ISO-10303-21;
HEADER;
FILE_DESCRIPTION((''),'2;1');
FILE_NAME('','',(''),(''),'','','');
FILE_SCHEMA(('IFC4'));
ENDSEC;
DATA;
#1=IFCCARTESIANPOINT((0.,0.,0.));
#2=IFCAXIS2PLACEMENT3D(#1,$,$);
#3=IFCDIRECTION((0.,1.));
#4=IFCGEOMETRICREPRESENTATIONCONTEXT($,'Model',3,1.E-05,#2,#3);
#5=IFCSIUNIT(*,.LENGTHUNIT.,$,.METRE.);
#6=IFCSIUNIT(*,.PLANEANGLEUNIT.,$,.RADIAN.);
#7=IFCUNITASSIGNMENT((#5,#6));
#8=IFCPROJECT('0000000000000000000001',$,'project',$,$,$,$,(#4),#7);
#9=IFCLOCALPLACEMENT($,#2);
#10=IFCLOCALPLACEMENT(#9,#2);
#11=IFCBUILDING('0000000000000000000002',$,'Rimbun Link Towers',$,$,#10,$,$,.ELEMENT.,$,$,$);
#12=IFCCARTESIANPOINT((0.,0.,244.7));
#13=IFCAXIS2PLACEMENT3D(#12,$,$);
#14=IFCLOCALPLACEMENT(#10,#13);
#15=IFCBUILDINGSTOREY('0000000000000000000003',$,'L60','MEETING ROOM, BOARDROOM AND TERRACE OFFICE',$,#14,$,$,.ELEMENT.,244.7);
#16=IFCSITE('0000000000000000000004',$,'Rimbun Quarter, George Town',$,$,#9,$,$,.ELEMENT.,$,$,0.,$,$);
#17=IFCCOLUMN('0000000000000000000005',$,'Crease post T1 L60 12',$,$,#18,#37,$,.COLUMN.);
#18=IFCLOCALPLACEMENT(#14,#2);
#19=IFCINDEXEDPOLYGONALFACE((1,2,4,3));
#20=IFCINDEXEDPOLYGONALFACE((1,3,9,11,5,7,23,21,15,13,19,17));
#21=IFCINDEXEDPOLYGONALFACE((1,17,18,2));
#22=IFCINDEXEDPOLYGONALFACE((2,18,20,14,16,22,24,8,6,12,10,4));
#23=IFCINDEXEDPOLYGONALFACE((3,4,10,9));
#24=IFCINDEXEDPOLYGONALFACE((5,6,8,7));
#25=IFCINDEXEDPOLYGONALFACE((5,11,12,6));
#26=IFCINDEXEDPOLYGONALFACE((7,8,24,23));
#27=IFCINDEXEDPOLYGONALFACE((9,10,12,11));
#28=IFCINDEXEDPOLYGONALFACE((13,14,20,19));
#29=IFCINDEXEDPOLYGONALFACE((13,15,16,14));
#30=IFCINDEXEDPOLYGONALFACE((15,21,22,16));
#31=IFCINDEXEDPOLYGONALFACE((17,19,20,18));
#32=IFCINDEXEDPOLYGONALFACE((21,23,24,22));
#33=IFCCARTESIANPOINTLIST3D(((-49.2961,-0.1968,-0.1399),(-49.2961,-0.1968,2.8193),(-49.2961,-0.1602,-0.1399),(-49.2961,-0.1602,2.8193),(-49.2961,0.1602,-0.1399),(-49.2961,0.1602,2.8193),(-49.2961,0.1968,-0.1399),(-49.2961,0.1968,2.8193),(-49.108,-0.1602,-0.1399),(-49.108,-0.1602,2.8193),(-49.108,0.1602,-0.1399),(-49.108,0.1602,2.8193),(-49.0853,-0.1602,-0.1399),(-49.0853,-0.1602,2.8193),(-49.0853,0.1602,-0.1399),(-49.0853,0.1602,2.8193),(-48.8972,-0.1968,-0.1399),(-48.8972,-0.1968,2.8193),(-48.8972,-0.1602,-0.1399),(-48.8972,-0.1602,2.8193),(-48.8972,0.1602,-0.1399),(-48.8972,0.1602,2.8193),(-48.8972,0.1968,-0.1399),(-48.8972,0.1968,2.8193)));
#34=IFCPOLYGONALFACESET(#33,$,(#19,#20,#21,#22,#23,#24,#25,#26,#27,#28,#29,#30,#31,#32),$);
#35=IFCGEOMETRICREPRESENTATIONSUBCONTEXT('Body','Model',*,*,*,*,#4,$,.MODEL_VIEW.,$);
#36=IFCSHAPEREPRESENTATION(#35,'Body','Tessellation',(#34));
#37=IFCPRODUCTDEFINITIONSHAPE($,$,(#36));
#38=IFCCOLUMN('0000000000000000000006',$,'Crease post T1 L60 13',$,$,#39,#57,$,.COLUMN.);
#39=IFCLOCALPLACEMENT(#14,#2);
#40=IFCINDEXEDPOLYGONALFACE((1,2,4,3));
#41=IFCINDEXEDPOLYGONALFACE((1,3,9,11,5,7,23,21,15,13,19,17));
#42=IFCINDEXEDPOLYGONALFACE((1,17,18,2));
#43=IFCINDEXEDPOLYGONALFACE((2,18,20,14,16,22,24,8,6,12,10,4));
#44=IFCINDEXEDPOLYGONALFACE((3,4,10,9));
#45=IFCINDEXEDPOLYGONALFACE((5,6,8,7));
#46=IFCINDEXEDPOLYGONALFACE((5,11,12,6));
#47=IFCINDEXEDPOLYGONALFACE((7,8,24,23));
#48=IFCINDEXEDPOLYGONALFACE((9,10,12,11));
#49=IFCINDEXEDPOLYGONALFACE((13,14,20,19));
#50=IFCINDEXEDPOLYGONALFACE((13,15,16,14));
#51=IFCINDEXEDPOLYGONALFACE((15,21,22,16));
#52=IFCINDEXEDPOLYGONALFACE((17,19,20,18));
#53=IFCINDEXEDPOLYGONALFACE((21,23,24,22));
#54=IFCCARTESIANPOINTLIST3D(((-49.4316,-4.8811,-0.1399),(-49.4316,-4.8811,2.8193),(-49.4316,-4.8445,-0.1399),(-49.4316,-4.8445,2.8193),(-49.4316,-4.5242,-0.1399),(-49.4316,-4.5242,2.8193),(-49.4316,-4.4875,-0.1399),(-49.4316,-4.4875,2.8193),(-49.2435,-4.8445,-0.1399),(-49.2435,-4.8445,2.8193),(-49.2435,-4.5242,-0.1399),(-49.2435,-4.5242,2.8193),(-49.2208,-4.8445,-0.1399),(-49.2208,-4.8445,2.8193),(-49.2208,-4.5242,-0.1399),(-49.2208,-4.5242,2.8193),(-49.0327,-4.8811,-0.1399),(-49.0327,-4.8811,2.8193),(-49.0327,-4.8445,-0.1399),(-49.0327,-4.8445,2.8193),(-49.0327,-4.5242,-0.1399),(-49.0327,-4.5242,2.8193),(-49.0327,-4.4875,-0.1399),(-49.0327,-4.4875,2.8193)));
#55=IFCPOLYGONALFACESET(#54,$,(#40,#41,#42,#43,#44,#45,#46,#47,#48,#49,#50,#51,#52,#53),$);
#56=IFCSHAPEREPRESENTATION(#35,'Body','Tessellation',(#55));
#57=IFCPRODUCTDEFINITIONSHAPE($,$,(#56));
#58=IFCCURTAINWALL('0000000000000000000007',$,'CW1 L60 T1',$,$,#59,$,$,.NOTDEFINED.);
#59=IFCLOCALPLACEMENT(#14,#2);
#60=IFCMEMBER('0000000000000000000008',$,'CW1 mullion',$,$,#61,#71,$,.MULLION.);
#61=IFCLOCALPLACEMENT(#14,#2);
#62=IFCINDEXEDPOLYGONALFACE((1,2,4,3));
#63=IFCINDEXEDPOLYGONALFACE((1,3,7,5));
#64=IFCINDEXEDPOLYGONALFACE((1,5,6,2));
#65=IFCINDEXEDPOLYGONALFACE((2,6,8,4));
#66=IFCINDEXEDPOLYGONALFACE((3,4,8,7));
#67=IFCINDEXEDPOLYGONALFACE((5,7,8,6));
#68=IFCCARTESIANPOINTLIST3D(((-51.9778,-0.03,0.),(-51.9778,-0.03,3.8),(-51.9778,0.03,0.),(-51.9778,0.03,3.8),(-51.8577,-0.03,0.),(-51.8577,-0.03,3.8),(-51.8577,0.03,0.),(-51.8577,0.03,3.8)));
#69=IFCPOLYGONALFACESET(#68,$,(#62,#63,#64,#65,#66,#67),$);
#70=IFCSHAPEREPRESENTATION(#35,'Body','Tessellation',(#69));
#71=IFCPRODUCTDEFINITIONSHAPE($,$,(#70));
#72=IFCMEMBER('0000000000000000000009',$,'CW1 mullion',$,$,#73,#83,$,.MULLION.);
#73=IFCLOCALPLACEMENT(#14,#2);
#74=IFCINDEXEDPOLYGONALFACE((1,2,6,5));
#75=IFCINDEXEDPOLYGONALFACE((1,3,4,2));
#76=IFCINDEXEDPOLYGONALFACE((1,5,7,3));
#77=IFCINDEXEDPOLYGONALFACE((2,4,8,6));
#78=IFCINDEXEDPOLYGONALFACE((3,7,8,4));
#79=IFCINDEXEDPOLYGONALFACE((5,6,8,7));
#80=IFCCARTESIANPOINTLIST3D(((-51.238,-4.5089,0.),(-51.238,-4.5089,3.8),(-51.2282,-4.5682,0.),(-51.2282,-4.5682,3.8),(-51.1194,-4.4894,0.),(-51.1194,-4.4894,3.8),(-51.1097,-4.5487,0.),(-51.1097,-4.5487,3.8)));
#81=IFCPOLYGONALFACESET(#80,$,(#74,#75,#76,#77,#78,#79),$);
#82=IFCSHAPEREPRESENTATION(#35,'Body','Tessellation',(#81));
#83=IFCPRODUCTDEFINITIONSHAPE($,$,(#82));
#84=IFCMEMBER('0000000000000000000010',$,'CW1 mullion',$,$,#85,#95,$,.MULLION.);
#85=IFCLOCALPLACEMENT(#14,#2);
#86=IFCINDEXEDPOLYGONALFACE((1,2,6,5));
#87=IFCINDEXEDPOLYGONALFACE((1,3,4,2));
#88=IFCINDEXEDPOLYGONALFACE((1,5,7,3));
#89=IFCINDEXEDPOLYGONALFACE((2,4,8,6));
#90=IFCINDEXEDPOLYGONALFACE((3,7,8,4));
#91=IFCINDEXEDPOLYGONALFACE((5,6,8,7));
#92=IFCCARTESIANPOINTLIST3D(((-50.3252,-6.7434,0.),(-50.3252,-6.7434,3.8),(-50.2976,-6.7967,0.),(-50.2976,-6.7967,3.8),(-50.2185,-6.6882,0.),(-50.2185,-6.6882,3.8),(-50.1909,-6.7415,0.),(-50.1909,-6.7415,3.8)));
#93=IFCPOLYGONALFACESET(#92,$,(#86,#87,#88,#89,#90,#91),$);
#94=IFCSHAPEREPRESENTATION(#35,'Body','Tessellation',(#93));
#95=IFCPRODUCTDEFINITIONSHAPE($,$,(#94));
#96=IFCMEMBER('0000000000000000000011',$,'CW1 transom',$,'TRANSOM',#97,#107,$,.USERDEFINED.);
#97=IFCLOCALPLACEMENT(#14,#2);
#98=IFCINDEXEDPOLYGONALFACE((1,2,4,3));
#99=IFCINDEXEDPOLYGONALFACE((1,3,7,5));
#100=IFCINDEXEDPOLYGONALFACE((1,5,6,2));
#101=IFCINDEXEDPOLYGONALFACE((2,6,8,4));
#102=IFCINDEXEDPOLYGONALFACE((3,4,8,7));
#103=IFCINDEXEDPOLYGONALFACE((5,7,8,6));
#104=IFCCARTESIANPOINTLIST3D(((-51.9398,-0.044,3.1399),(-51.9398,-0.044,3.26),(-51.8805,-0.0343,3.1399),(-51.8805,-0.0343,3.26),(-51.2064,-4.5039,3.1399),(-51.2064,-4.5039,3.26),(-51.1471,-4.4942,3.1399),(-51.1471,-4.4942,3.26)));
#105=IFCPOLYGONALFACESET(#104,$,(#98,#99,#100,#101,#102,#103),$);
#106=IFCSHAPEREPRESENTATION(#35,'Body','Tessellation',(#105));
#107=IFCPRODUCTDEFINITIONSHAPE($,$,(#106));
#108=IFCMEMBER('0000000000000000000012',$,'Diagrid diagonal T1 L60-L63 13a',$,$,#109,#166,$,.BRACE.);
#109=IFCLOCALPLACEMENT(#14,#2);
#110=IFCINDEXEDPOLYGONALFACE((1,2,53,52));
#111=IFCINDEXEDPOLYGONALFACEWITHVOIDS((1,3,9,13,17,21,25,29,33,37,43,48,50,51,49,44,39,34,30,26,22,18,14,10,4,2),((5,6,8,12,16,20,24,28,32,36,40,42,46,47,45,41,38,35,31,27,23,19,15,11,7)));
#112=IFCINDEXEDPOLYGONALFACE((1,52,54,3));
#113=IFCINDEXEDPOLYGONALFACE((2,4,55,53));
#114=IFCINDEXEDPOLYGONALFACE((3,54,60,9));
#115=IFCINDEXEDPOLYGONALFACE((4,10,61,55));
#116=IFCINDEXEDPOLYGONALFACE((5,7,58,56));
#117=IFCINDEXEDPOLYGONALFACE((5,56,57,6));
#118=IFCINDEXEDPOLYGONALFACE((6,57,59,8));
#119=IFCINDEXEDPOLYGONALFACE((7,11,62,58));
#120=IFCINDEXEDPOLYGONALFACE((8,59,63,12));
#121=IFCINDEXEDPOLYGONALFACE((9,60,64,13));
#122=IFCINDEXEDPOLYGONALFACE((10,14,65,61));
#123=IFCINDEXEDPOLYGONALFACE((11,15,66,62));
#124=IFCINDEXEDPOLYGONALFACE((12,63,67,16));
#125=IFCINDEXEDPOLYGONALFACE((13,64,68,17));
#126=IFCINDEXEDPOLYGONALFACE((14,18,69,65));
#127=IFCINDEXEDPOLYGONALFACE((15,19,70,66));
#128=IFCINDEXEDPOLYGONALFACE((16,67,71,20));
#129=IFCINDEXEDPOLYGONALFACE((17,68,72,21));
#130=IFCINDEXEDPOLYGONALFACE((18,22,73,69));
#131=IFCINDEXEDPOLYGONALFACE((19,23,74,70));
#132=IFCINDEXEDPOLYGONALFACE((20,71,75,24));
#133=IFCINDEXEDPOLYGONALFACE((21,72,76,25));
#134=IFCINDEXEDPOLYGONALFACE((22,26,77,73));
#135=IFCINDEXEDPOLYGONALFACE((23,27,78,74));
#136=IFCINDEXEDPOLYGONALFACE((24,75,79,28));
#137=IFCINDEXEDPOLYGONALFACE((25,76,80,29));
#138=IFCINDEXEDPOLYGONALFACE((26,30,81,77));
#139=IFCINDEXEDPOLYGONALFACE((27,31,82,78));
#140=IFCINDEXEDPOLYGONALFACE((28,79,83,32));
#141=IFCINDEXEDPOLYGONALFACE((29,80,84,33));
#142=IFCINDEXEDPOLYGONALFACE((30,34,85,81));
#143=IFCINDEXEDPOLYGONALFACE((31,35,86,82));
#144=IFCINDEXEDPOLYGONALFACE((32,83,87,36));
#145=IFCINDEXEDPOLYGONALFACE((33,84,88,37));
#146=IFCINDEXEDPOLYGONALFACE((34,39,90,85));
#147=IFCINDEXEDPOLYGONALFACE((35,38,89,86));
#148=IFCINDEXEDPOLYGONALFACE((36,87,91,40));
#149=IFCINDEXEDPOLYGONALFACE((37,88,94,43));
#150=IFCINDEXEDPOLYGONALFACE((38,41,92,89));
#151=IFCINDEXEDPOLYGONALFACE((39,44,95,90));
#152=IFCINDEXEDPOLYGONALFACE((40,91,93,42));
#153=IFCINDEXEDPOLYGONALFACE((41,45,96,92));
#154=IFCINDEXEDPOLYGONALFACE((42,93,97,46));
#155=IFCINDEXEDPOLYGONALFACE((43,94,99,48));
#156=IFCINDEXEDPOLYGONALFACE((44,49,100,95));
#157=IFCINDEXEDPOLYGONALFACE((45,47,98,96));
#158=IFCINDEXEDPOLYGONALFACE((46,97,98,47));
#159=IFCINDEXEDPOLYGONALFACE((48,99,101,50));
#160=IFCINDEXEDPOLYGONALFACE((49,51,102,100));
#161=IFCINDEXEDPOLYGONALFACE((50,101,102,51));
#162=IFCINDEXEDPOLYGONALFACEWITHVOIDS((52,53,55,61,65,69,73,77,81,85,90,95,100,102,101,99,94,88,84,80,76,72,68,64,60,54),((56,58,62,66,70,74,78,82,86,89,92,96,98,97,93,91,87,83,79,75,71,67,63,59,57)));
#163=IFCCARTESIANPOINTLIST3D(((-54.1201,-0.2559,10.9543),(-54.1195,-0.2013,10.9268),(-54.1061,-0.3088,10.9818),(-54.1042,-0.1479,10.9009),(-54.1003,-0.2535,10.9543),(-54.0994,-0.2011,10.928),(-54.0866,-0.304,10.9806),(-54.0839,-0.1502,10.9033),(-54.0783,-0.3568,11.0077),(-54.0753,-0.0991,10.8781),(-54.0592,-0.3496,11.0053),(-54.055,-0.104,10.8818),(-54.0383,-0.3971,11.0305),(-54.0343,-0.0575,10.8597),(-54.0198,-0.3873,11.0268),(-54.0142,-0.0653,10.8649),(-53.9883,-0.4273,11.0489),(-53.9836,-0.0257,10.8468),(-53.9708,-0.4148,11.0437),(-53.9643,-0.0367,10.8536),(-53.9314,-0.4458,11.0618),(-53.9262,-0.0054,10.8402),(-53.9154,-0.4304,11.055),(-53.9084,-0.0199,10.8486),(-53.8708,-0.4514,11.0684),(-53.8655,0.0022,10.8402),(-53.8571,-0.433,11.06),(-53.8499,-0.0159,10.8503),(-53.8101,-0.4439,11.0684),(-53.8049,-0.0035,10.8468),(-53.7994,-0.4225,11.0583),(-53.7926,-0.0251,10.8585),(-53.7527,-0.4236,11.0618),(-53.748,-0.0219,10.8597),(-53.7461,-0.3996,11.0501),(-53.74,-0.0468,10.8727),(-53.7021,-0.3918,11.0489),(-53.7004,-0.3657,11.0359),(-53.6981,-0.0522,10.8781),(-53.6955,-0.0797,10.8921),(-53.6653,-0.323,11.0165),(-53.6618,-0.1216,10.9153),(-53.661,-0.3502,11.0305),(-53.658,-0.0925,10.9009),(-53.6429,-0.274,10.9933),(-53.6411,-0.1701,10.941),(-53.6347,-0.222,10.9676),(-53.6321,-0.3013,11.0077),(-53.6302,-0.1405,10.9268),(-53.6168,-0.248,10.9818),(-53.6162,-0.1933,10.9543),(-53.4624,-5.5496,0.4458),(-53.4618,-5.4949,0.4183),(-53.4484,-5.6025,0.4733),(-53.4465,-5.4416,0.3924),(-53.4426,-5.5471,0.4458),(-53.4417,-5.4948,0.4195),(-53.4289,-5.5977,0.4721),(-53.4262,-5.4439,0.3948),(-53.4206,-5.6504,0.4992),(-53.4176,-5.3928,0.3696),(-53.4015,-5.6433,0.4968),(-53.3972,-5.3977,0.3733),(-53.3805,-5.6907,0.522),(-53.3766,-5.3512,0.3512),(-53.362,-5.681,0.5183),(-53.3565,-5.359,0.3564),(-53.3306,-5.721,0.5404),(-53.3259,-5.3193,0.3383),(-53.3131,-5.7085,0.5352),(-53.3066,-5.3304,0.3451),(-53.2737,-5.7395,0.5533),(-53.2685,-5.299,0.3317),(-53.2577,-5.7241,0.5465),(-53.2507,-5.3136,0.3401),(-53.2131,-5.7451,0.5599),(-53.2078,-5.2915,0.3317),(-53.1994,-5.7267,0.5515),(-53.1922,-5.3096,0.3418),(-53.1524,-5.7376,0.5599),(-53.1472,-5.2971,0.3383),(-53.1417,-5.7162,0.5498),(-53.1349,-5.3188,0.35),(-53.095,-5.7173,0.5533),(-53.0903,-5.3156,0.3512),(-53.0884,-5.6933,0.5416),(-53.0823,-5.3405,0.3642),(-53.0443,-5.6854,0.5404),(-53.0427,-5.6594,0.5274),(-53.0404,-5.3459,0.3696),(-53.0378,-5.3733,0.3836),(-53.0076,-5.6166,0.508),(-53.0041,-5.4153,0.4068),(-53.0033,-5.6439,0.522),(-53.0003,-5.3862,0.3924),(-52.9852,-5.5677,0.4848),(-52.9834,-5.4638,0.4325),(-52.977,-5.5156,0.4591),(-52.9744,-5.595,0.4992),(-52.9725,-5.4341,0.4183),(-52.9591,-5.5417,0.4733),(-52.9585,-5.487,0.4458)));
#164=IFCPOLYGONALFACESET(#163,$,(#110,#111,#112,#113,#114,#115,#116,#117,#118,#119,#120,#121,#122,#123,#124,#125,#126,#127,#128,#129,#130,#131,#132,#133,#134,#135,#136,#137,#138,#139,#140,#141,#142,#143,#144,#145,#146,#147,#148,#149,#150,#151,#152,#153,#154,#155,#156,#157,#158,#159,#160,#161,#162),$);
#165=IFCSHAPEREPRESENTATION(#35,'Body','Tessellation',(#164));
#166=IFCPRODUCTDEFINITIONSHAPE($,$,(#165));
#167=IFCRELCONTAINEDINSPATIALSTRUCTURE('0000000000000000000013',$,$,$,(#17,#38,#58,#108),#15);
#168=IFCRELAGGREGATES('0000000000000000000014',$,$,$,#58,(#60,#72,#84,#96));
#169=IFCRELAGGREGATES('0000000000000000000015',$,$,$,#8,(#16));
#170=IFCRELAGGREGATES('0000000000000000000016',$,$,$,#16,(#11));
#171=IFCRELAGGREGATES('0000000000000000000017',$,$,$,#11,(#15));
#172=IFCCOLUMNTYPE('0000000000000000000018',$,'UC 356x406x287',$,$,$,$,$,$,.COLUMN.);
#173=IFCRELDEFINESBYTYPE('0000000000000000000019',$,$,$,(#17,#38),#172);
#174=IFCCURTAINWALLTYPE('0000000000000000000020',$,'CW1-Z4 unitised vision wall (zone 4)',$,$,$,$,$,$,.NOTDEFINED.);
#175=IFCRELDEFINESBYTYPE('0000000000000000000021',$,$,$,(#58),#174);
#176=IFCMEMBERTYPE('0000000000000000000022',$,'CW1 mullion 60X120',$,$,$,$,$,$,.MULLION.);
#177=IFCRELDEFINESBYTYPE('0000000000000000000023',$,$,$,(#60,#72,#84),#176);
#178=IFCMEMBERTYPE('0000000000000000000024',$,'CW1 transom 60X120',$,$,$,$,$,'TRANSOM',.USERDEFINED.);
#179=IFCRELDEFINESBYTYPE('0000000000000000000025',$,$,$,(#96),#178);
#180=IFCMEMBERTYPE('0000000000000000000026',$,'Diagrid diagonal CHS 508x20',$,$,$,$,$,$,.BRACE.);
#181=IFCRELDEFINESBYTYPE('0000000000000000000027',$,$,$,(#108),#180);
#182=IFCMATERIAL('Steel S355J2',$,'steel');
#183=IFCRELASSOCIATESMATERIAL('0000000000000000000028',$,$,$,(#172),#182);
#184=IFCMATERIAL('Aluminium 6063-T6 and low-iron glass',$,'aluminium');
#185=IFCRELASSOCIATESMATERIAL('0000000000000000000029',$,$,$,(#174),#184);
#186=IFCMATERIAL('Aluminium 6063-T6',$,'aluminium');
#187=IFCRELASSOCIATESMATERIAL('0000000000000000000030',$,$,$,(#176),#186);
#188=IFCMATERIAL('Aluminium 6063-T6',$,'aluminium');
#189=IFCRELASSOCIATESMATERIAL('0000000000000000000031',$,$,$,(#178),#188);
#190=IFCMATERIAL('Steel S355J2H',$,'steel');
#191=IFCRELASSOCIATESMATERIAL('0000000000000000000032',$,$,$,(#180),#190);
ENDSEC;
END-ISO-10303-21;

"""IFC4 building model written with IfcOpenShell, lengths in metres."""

from ifc_helpers import new_model, si_unit, direction, frame, origin, origin_2d, place, context, subcontext, project, spatial, rectangle, hollow_circle, i_section, extrude, material, material_profile, profile_set, type_object, element, aggregate, save


model = new_model("IFC4")

# Units and contexts
model_context = context("Model", 3, precision=1e-05, world=origin(), true_north=direction((0.0, 1.0)))
body_context = subcontext(model_context, "Body", "Model", "MODEL_VIEW")
ifc_project = project(units=[si_unit("LENGTHUNIT", "METRE"), si_unit("PLANEANGLEUNIT", "RADIAN")], contexts=[model_context])

# Site, building, storey
site_placement = place(None, origin())
site = spatial("IfcSite", under=ifc_project, at=site_placement, Name="Rimbun Quarter, George Town", CompositionType="ELEMENT", RefElevation=0.0)
building_placement = place(site_placement, origin())
building = spatial("IfcBuilding", under=site, at=building_placement, Name="Rimbun Link Towers", CompositionType="ELEMENT")
storey_placement = place(building_placement, frame((0.0, 0.0, 244.7)))
storey = spatial("IfcBuildingStorey", under=building, at=storey_placement, Name="L60", Description="MEETING ROOM, BOARDROOM AND TERRACE OFFICE", CompositionType="ELEMENT", Elevation=244.7)

# Columns
ifc_material_1 = material(Name="Steel S355J2", Category="steel")
ifc_material_profile_1 = material_profile(ifc_material_1, i_section(OverallWidth=0.3989, OverallDepth=0.3936, WebThickness=0.0227, FlangeThickness=0.0366, at=origin_2d()), Name="UC 356x406x287")
ifc_profile_set_1 = profile_set([ifc_material_profile_1], Name="Steel S355J2")
column_type = type_object("IfcColumnType", Name="UC 356x406x287", PredefinedType="COLUMN", material=ifc_profile_set_1)
for number, where, z_axis, x_axis, name in (
    (1, (-49.0967, 0.0, -0.1399), (0.0, 0.0, 1.0), (1.0, 0.0, 0.0), "Crease post T1 L60 12"),
    (2, (-49.2322, -4.6843, -0.1399), (0.0, 0.0, 1.0), (1.0, 0.0, 0.0), "Crease post T1 L60 13"),
):
    element("IfcColumn", number, at=place(storey_placement, frame(where, z_axis=z_axis, x_axis=x_axis)), inside=storey, type_object=column_type, Name=name, PredefinedType="COLUMN", context=body_context, shape_type="SweptSolid", body=[
        extrude(i_section(OverallWidth=0.3989, OverallDepth=0.3936, WebThickness=0.0227, FlangeThickness=0.0366, at=origin_2d()), origin(), (0.0, 0.0, 1.0), 2.9592),
    ])

# Curtain wall, members
ifc_material_2 = material(Name="Aluminium 6063-T6 and low-iron glass", Category="aluminium")
curtain_wall_type = type_object("IfcCurtainWallType", Name="CW1-Z4 unitised vision wall (zone 4)", PredefinedType="NOTDEFINED", material=ifc_material_2)
curtain_wall_placement = place(storey_placement, origin())
curtain_wall = element("IfcCurtainWall", 3, at=curtain_wall_placement, inside=storey, type_object=curtain_wall_type, Name="CW1 L60 T1", PredefinedType="NOTDEFINED")
ifc_material_3 = material(Name="Aluminium 6063-T6", Category="aluminium")
ifc_material_profile_2 = material_profile(ifc_material_3, rectangle(XDim=0.1201, YDim=0.0601, at=origin_2d()), Name="MULLION 60X120")
ifc_profile_set_2 = profile_set([ifc_material_profile_2], Name="Aluminium 6063-T6")
member_type_1 = type_object("IfcMemberType", Name="CW1 mullion 60X120", PredefinedType="MULLION", material=ifc_profile_set_2)
member_1_placement = place(storey_placement, frame((-51.9177, 0.0, 0.0), z_axis=(0.0, 0.0, 1.0), x_axis=(-1.0, 0.0, 0.0)))
member_1 = element("IfcMember", 4, at=member_1_placement, type_object=member_type_1, Name="CW1 mullion", PredefinedType="MULLION", context=body_context, shape_type="SweptSolid", body=[
    extrude(rectangle(XDim=0.1201, YDim=0.0601, at=origin_2d()), origin(), (0.0, 0.0, 1.0), 3.8),
])
member_2_placement = place(storey_placement, frame((-51.1738, -4.5288, 0.0), z_axis=(0.0, 0.0, 1.0), x_axis=(-0.986748, -0.162262, 0.0)))
member_2 = element("IfcMember", 5, at=member_2_placement, type_object=member_type_1, Name="CW1 mullion", PredefinedType="MULLION", context=body_context, shape_type="SweptSolid", body=[
    extrude(rectangle(XDim=0.1201, YDim=0.0601, at=origin_2d()), origin(), (0.0, 0.0, 1.0), 3.8),
])
member_3_placement = place(storey_placement, frame((-50.2581, -6.7424, 0.0), z_axis=(0.0, 0.0, 1.0), x_axis=(-0.888151, -0.459552, 0.0)))
member_3 = element("IfcMember", 6, at=member_3_placement, type_object=member_type_1, Name="CW1 mullion", PredefinedType="MULLION", context=body_context, shape_type="SweptSolid", body=[
    extrude(rectangle(XDim=0.1201, YDim=0.0601, at=origin_2d()), origin(), (0.0, 0.0, 1.0), 3.8),
])
ifc_material_4 = material(Name="Aluminium 6063-T6", Category="aluminium")
ifc_material_profile_3 = material_profile(ifc_material_4, rectangle(XDim=0.0601, YDim=0.1201, at=origin_2d()), Name="TRANSOM 60X120")
ifc_profile_set_3 = profile_set([ifc_material_profile_3], Name="Aluminium 6063-T6")
member_type_2 = type_object("IfcMemberType", Name="CW1 transom 60X120", ElementType="TRANSOM", PredefinedType="USERDEFINED", material=ifc_profile_set_3)
member_4_placement = place(storey_placement, frame((-51.1768, -4.499, 3.2), z_axis=(-0.162261, 0.986748, 0.0), x_axis=(-0.986748, -0.162261, 0.0)))
member_4 = element("IfcMember", 7, at=member_4_placement, type_object=member_type_2, Name="CW1 transom", ObjectType="TRANSOM", PredefinedType="USERDEFINED", context=body_context, shape_type="SweptSolid", body=[
    extrude(rectangle(XDim=0.0601, YDim=0.1201, at=origin_2d()), origin(), (0.0, 0.0, 1.0), 4.5198),
])

# Member
ifc_material_5 = material(Name="Steel S355J2H", Category="steel")
ifc_material_profile_4 = material_profile(ifc_material_5, hollow_circle(Radius=0.2539, WallThickness=0.02, at=origin_2d()), Name="Diagrid diagonal CHS 508x20")
ifc_profile_set_4 = profile_set([ifc_material_profile_4], Name="Steel S355J2H")
member_type_3 = type_object("IfcMemberType", Name="Diagrid diagonal CHS 508x20", PredefinedType="BRACE", material=ifc_profile_set_4)
member_5_placement = place(storey_placement, frame((-53.2104, -5.5183, 0.4458), z_axis=(-0.05581, 0.449191, 0.891691), x_axis=(-0.99237, -0.123297, 0.0)))
element("IfcMember", 8, at=member_5_placement, inside=storey, type_object=member_type_3, Name="Diagrid diagonal T1 L60-L63 13a", PredefinedType="BRACE", context=body_context, shape_type="SweptSolid", body=[
    extrude(hollow_circle(Radius=0.2539, WallThickness=0.02, at=origin_2d()), origin(), (0.0, 0.0, 1.0), 11.7849),
])

aggregate(curtain_wall, [member_1, member_2, member_3, member_4])

save(model, "model.ifc")
